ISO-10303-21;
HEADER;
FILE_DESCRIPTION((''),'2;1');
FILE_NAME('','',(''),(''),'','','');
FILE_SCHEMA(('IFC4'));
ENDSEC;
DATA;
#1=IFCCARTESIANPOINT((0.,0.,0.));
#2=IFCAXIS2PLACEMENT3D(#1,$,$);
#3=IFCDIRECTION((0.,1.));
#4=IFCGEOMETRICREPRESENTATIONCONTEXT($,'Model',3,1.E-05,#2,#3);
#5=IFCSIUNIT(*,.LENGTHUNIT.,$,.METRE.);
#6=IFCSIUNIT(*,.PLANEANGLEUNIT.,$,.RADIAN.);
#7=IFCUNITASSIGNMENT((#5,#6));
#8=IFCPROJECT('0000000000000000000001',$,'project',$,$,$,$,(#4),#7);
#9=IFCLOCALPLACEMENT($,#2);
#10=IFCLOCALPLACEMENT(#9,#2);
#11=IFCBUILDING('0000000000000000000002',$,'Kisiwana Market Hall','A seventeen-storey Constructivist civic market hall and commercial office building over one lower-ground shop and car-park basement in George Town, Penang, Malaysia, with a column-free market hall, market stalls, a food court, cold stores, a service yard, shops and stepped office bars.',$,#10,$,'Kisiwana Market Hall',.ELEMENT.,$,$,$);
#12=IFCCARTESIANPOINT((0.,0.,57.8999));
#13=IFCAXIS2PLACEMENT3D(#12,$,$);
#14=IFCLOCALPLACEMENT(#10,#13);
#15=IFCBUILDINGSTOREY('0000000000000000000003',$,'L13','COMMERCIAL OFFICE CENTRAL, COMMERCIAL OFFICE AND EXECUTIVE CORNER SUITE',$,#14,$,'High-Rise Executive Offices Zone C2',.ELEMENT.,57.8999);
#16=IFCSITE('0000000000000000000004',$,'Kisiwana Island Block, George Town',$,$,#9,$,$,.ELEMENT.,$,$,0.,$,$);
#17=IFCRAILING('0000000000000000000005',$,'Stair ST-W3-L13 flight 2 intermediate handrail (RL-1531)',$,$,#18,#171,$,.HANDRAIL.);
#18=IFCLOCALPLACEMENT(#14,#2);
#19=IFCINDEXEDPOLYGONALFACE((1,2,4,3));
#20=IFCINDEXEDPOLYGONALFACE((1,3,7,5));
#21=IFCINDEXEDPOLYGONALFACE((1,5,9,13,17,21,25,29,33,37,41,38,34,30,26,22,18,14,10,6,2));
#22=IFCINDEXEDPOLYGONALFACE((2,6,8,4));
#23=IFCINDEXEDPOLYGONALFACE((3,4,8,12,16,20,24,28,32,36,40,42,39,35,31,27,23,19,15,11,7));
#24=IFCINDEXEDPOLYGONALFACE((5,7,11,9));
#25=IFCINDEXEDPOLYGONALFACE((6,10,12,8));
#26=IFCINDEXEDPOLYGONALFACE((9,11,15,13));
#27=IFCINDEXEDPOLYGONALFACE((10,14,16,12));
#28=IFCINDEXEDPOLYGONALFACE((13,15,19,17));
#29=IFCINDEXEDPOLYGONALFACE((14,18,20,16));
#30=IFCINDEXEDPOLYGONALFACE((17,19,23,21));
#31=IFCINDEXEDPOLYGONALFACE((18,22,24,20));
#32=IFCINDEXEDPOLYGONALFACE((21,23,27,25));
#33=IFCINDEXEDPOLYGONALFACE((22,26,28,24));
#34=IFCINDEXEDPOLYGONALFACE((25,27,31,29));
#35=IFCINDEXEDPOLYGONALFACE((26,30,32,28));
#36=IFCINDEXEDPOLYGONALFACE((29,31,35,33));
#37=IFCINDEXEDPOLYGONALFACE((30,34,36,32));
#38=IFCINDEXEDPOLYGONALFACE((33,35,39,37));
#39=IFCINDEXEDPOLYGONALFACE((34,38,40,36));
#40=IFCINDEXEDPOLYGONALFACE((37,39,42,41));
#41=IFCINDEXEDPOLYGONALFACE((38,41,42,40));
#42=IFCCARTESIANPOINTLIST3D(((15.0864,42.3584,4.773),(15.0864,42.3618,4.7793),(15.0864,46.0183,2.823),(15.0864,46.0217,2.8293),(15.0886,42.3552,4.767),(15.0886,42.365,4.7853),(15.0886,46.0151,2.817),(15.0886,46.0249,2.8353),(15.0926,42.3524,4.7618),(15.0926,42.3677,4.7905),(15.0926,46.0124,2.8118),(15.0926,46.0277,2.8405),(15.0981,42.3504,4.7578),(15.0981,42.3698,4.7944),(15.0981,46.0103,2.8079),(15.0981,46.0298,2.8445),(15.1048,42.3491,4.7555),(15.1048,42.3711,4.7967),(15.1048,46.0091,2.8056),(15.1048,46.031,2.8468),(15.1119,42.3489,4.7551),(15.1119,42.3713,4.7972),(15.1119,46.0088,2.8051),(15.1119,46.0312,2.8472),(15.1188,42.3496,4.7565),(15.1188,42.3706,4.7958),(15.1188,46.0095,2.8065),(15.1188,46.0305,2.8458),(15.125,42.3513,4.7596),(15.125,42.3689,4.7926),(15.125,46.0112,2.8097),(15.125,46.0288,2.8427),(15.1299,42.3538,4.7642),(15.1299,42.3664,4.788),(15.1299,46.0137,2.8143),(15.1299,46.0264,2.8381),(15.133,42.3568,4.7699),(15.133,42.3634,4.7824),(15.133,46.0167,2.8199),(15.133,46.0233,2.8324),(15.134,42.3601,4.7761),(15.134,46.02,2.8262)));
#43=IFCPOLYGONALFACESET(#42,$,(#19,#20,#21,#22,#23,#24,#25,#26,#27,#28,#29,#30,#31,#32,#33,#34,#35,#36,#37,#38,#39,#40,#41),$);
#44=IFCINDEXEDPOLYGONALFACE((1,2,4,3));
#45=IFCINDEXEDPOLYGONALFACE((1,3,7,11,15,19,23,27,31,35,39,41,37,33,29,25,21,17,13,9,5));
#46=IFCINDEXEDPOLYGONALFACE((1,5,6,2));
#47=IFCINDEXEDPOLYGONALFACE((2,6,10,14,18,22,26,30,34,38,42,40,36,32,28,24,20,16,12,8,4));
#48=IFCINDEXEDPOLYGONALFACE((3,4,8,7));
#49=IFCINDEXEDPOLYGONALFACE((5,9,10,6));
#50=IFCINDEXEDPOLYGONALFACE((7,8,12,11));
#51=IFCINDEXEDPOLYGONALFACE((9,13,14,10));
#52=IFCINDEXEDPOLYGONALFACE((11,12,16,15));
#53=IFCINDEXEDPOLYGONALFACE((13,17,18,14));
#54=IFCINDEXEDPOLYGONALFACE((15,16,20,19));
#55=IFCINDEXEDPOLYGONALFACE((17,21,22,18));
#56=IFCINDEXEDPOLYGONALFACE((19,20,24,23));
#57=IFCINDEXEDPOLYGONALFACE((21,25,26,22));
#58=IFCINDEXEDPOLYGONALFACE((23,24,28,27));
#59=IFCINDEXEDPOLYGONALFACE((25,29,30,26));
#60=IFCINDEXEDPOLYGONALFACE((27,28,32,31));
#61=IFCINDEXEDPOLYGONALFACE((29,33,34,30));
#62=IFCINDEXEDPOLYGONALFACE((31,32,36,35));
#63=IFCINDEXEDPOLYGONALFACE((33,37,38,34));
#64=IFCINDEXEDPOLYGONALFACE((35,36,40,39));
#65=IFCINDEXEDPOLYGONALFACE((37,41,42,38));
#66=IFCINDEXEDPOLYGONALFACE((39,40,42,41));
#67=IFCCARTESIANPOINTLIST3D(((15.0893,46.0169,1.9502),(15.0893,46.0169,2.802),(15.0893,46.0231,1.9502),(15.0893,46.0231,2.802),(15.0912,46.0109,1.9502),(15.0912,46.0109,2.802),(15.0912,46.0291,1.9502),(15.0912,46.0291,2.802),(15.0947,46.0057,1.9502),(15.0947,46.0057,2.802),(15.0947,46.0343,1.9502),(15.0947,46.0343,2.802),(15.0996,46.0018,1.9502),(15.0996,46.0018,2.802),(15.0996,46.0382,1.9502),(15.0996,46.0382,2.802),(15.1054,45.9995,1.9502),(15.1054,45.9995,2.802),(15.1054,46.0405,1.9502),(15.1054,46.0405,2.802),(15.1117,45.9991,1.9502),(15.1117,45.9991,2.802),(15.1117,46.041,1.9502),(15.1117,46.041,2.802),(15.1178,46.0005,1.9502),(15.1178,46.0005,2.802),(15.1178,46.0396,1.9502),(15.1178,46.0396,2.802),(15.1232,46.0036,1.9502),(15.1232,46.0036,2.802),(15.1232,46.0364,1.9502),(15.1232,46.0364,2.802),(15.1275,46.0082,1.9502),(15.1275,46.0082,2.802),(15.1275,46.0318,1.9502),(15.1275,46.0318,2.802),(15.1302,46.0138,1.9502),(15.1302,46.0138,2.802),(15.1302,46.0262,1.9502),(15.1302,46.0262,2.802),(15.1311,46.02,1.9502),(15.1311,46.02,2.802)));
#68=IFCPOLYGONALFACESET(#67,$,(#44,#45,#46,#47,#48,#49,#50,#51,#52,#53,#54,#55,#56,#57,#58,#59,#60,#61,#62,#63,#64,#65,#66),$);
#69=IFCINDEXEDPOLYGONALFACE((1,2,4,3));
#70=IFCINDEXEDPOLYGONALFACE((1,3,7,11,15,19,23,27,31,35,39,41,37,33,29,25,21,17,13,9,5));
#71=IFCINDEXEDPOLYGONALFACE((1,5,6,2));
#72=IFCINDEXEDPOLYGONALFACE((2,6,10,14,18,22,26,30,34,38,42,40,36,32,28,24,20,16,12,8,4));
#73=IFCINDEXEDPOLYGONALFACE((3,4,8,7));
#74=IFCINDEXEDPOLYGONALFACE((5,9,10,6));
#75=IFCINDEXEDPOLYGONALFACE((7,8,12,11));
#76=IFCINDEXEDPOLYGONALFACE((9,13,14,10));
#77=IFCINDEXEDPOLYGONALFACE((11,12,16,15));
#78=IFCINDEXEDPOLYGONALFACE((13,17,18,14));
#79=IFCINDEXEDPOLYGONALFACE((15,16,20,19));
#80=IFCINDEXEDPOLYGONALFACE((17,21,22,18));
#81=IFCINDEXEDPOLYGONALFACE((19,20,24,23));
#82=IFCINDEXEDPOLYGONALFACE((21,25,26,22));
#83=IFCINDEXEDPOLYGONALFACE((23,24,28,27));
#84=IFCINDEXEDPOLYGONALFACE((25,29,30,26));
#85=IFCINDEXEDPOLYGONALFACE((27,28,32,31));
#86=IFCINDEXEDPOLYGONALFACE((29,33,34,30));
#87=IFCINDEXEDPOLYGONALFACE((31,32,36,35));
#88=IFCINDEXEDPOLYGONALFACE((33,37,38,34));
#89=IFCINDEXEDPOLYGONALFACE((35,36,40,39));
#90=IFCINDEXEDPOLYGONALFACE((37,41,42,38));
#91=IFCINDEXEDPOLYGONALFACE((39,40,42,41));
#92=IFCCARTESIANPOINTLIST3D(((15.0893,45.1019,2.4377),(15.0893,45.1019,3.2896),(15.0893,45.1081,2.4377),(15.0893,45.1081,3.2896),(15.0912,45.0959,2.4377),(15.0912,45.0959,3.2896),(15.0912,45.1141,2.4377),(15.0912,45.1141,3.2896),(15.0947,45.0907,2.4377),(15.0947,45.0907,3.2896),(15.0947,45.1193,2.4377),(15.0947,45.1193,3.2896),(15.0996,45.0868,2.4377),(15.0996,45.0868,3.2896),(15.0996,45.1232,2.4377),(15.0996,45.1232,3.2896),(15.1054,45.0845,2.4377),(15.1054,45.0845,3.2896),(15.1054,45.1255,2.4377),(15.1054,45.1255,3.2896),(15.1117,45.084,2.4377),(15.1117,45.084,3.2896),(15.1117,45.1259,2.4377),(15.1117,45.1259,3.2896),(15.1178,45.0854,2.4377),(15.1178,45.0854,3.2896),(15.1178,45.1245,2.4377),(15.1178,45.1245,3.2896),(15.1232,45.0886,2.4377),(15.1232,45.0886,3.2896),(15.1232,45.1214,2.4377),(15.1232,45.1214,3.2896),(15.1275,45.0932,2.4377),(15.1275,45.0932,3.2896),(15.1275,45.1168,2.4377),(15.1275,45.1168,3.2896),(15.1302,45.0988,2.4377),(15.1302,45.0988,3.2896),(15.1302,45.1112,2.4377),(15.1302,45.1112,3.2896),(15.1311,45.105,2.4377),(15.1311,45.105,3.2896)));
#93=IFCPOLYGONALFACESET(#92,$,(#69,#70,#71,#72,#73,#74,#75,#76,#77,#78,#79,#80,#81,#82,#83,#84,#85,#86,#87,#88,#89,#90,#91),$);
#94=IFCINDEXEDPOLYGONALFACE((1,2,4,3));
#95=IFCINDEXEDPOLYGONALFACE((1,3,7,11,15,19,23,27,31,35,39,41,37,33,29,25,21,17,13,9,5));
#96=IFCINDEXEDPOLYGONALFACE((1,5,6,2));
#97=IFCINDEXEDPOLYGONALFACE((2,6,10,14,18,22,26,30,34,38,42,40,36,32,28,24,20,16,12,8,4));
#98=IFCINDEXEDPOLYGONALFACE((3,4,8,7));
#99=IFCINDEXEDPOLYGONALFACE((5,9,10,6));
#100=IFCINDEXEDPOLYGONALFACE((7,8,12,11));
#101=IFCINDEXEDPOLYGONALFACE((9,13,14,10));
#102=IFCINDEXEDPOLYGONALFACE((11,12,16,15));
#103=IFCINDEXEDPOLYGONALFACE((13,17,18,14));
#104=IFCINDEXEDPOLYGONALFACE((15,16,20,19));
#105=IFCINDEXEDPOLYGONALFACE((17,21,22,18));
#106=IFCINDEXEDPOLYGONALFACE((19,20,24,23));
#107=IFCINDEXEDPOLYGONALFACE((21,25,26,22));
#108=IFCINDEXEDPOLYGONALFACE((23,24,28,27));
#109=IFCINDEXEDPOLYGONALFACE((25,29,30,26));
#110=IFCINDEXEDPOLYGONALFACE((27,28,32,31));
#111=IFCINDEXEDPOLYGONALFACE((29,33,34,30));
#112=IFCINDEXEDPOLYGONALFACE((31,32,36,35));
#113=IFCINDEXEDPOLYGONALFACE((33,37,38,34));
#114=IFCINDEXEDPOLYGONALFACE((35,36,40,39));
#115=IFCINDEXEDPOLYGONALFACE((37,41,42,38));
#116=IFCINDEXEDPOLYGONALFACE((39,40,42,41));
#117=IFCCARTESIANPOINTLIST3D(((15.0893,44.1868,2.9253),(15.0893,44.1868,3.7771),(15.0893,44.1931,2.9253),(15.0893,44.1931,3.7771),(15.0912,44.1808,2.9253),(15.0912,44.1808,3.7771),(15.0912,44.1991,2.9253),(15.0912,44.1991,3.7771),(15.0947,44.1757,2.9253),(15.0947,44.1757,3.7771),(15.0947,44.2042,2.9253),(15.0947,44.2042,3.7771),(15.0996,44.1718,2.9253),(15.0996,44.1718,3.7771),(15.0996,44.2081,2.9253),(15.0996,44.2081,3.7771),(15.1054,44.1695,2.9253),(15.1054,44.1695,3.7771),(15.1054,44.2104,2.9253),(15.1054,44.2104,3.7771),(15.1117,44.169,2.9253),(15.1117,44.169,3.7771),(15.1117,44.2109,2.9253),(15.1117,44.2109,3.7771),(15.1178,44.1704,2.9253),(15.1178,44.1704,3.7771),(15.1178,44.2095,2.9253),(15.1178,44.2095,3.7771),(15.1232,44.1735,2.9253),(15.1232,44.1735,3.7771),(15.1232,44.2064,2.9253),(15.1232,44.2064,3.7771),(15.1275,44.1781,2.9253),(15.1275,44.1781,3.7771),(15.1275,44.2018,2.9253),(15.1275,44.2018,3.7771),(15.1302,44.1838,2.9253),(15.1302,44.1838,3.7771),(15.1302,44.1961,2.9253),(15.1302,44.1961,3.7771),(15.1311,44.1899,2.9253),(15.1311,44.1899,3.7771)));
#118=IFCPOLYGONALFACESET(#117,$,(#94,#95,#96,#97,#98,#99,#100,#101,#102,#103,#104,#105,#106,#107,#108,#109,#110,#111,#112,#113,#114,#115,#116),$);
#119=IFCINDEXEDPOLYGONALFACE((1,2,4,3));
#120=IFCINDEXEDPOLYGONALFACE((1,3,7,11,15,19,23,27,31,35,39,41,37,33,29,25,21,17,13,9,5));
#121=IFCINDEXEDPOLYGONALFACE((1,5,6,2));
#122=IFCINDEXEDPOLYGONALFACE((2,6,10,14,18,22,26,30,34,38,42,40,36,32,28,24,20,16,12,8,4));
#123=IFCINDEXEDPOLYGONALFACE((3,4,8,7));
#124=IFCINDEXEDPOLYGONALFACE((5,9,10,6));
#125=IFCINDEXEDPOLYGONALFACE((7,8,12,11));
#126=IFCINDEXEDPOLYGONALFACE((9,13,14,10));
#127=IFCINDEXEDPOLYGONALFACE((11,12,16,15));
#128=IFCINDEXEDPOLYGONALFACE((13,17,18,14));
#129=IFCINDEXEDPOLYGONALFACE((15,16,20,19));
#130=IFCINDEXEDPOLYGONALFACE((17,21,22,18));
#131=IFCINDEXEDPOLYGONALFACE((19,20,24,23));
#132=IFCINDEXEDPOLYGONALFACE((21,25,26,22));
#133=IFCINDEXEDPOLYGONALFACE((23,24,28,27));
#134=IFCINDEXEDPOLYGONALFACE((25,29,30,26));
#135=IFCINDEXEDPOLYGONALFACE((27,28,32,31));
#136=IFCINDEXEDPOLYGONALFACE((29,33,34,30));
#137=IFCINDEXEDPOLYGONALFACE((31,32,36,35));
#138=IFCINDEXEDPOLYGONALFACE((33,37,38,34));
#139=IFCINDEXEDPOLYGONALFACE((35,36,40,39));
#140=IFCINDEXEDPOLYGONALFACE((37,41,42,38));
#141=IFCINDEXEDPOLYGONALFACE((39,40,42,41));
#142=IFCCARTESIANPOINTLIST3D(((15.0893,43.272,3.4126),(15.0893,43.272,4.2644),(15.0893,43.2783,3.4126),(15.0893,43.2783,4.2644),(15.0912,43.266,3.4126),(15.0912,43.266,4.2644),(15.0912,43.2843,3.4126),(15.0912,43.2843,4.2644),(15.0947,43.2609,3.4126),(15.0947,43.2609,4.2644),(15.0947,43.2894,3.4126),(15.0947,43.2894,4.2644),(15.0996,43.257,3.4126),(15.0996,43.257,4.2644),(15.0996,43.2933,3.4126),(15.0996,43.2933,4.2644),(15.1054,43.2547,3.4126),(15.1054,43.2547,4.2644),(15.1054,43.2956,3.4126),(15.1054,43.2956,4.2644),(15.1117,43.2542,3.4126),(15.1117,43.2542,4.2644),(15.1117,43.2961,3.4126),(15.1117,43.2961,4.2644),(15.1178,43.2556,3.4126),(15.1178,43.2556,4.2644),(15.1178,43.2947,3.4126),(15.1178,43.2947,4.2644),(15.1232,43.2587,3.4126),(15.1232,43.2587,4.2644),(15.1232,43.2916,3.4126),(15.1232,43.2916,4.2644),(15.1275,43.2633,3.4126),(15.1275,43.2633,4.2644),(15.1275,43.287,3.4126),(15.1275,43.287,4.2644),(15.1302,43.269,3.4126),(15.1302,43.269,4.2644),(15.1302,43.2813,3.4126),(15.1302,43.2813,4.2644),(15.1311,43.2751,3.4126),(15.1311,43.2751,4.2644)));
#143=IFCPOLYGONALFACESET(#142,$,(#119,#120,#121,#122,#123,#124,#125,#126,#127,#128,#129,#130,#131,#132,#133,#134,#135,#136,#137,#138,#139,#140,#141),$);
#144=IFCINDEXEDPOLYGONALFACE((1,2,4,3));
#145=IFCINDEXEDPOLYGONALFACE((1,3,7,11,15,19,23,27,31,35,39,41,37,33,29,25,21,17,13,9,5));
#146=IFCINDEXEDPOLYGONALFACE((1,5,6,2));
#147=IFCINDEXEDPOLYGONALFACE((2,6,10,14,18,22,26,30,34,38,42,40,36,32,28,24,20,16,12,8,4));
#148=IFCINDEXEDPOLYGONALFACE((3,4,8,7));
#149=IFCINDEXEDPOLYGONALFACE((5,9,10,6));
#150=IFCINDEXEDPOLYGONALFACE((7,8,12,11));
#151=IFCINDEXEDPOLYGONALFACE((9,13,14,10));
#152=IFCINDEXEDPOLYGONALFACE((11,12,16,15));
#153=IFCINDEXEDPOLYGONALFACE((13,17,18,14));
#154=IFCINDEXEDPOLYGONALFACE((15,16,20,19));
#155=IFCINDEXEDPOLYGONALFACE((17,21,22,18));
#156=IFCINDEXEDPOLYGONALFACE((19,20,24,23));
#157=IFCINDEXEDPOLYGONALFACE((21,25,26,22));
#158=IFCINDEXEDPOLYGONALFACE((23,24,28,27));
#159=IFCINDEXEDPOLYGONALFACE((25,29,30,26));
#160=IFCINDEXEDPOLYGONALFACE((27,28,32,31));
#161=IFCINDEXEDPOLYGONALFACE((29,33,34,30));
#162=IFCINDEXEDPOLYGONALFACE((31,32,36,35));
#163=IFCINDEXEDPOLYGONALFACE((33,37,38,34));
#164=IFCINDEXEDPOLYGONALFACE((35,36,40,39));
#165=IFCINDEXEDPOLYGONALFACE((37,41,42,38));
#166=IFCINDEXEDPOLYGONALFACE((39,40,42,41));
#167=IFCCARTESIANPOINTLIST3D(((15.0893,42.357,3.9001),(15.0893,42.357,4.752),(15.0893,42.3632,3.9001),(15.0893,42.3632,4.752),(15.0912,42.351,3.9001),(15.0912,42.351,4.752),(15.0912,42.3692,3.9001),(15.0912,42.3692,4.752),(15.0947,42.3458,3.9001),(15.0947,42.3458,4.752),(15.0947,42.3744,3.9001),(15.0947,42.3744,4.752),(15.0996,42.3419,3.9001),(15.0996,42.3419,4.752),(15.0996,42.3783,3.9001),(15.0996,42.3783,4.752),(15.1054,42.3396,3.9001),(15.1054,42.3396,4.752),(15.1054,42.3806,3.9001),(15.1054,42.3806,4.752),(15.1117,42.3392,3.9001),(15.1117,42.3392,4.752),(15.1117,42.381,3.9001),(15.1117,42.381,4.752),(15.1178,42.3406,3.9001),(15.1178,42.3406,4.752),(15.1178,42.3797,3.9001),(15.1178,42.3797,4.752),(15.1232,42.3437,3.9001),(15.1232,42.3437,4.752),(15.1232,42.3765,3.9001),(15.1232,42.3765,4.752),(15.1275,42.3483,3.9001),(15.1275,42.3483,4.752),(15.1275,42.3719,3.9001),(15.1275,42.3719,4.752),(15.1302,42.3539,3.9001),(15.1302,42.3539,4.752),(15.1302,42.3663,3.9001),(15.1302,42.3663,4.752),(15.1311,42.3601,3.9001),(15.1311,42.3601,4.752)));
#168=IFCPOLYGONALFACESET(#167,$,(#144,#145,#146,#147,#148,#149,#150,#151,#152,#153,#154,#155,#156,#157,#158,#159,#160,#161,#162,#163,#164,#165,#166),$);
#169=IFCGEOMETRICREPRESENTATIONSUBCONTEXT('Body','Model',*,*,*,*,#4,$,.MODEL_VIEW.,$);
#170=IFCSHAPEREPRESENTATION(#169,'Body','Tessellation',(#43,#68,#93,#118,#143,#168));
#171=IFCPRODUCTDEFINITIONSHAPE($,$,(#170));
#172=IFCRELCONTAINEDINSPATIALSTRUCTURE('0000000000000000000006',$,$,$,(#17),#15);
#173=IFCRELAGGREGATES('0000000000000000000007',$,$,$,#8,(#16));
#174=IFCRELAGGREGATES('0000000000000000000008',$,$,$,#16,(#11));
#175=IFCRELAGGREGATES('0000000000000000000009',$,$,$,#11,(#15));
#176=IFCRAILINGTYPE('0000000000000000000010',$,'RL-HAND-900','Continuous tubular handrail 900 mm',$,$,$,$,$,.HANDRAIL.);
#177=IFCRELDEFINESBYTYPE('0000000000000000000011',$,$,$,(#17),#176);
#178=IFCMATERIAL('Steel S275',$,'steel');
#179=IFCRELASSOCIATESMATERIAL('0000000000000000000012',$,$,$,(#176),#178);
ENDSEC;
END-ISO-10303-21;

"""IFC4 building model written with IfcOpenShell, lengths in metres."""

from ifc_helpers import new_model, si_unit, direction, frame, origin, origin_2d, place, context, subcontext, project, spatial, circle, extrude, material, type_object, element, save


model = new_model("IFC4")

# Units and contexts
model_context = context("Model", 3, precision=1e-05, world=origin(), true_north=direction((0.0, 1.0)))
body_context = subcontext(model_context, "Body", "Model", "MODEL_VIEW")
ifc_project = project(units=[si_unit("LENGTHUNIT", "METRE"), si_unit("PLANEANGLEUNIT", "RADIAN")], contexts=[model_context])

# Site, building, storey
site_placement = place(None, origin())
site = spatial("IfcSite", under=ifc_project, at=site_placement, Name="Kisiwana Island Block, George Town", CompositionType="ELEMENT", RefElevation=0.0)
building_placement = place(site_placement, origin())
building = spatial("IfcBuilding", under=site, at=building_placement, Name="Kisiwana Market Hall", Description="A seventeen-storey Constructivist civic market hall and commercial office building over one lower-ground shop and car-park basement in George Town, Penang, Malaysia, with a column-free market hall, market stalls, a food court, cold stores, a service yard, shops and stepped office bars.", LongName="Kisiwana Market Hall", CompositionType="ELEMENT")
storey_placement = place(building_placement, frame((0.0, 0.0, 57.8999)))
storey = spatial("IfcBuildingStorey", under=building, at=storey_placement, Name="L13", Description="COMMERCIAL OFFICE CENTRAL, COMMERCIAL OFFICE AND EXECUTIVE CORNER SUITE", LongName="High-Rise Executive Offices Zone C2", CompositionType="ELEMENT", Elevation=57.8999)

# Railing
ifc_material_1 = material(Name="Steel S275", Category="steel")
railing_type_1 = type_object("IfcRailingType", Name="RL-HAND-900", Description="Continuous tubular handrail 900 mm", PredefinedType="HANDRAIL", material=ifc_material_1)
for number, where, name in (
    (1, (15.1101, 46.02, 1.9502), "Stair ST-W3-L13 flight 2 intermediate handrail (RL-1531)"),
):
    element("IfcRailing", number, at=place(storey_placement, frame(where)), inside=storey, type_object=railing_type_1, Name=name, PredefinedType="HANDRAIL", context=body_context, shape_type="SweptSolid", body=[
        extrude(circle(Radius=0.0239, at=origin_2d()), frame((0.0, 0.0, 0.876), z_axis=(0.0, -0.882553, 0.470212), x_axis=(1.0, 0.0, 0.0)), (0.0, 0.0, 1.0), 4.147),
        extrude(circle(Radius=0.021, at=origin_2d()), origin(), (0.0, 0.0, 1.0), 0.8518),
        extrude(circle(Radius=0.021, at=origin_2d()), frame((0.0, -0.915, 0.4875)), (0.0, 0.0, 1.0), 0.8518),
        extrude(circle(Radius=0.021, at=origin_2d()), frame((0.0, -1.8301, 0.9751)), (0.0, 0.0, 1.0), 0.8518),
        extrude(circle(Radius=0.021, at=origin_2d()), frame((0.0, -2.7449, 1.4624)), (0.0, 0.0, 1.0), 0.8518),
        extrude(circle(Radius=0.021, at=origin_2d()), frame((0.0, -3.6599, 1.95)), (0.0, 0.0, 1.0), 0.8518),
    ])

save(model, "model.ifc")
